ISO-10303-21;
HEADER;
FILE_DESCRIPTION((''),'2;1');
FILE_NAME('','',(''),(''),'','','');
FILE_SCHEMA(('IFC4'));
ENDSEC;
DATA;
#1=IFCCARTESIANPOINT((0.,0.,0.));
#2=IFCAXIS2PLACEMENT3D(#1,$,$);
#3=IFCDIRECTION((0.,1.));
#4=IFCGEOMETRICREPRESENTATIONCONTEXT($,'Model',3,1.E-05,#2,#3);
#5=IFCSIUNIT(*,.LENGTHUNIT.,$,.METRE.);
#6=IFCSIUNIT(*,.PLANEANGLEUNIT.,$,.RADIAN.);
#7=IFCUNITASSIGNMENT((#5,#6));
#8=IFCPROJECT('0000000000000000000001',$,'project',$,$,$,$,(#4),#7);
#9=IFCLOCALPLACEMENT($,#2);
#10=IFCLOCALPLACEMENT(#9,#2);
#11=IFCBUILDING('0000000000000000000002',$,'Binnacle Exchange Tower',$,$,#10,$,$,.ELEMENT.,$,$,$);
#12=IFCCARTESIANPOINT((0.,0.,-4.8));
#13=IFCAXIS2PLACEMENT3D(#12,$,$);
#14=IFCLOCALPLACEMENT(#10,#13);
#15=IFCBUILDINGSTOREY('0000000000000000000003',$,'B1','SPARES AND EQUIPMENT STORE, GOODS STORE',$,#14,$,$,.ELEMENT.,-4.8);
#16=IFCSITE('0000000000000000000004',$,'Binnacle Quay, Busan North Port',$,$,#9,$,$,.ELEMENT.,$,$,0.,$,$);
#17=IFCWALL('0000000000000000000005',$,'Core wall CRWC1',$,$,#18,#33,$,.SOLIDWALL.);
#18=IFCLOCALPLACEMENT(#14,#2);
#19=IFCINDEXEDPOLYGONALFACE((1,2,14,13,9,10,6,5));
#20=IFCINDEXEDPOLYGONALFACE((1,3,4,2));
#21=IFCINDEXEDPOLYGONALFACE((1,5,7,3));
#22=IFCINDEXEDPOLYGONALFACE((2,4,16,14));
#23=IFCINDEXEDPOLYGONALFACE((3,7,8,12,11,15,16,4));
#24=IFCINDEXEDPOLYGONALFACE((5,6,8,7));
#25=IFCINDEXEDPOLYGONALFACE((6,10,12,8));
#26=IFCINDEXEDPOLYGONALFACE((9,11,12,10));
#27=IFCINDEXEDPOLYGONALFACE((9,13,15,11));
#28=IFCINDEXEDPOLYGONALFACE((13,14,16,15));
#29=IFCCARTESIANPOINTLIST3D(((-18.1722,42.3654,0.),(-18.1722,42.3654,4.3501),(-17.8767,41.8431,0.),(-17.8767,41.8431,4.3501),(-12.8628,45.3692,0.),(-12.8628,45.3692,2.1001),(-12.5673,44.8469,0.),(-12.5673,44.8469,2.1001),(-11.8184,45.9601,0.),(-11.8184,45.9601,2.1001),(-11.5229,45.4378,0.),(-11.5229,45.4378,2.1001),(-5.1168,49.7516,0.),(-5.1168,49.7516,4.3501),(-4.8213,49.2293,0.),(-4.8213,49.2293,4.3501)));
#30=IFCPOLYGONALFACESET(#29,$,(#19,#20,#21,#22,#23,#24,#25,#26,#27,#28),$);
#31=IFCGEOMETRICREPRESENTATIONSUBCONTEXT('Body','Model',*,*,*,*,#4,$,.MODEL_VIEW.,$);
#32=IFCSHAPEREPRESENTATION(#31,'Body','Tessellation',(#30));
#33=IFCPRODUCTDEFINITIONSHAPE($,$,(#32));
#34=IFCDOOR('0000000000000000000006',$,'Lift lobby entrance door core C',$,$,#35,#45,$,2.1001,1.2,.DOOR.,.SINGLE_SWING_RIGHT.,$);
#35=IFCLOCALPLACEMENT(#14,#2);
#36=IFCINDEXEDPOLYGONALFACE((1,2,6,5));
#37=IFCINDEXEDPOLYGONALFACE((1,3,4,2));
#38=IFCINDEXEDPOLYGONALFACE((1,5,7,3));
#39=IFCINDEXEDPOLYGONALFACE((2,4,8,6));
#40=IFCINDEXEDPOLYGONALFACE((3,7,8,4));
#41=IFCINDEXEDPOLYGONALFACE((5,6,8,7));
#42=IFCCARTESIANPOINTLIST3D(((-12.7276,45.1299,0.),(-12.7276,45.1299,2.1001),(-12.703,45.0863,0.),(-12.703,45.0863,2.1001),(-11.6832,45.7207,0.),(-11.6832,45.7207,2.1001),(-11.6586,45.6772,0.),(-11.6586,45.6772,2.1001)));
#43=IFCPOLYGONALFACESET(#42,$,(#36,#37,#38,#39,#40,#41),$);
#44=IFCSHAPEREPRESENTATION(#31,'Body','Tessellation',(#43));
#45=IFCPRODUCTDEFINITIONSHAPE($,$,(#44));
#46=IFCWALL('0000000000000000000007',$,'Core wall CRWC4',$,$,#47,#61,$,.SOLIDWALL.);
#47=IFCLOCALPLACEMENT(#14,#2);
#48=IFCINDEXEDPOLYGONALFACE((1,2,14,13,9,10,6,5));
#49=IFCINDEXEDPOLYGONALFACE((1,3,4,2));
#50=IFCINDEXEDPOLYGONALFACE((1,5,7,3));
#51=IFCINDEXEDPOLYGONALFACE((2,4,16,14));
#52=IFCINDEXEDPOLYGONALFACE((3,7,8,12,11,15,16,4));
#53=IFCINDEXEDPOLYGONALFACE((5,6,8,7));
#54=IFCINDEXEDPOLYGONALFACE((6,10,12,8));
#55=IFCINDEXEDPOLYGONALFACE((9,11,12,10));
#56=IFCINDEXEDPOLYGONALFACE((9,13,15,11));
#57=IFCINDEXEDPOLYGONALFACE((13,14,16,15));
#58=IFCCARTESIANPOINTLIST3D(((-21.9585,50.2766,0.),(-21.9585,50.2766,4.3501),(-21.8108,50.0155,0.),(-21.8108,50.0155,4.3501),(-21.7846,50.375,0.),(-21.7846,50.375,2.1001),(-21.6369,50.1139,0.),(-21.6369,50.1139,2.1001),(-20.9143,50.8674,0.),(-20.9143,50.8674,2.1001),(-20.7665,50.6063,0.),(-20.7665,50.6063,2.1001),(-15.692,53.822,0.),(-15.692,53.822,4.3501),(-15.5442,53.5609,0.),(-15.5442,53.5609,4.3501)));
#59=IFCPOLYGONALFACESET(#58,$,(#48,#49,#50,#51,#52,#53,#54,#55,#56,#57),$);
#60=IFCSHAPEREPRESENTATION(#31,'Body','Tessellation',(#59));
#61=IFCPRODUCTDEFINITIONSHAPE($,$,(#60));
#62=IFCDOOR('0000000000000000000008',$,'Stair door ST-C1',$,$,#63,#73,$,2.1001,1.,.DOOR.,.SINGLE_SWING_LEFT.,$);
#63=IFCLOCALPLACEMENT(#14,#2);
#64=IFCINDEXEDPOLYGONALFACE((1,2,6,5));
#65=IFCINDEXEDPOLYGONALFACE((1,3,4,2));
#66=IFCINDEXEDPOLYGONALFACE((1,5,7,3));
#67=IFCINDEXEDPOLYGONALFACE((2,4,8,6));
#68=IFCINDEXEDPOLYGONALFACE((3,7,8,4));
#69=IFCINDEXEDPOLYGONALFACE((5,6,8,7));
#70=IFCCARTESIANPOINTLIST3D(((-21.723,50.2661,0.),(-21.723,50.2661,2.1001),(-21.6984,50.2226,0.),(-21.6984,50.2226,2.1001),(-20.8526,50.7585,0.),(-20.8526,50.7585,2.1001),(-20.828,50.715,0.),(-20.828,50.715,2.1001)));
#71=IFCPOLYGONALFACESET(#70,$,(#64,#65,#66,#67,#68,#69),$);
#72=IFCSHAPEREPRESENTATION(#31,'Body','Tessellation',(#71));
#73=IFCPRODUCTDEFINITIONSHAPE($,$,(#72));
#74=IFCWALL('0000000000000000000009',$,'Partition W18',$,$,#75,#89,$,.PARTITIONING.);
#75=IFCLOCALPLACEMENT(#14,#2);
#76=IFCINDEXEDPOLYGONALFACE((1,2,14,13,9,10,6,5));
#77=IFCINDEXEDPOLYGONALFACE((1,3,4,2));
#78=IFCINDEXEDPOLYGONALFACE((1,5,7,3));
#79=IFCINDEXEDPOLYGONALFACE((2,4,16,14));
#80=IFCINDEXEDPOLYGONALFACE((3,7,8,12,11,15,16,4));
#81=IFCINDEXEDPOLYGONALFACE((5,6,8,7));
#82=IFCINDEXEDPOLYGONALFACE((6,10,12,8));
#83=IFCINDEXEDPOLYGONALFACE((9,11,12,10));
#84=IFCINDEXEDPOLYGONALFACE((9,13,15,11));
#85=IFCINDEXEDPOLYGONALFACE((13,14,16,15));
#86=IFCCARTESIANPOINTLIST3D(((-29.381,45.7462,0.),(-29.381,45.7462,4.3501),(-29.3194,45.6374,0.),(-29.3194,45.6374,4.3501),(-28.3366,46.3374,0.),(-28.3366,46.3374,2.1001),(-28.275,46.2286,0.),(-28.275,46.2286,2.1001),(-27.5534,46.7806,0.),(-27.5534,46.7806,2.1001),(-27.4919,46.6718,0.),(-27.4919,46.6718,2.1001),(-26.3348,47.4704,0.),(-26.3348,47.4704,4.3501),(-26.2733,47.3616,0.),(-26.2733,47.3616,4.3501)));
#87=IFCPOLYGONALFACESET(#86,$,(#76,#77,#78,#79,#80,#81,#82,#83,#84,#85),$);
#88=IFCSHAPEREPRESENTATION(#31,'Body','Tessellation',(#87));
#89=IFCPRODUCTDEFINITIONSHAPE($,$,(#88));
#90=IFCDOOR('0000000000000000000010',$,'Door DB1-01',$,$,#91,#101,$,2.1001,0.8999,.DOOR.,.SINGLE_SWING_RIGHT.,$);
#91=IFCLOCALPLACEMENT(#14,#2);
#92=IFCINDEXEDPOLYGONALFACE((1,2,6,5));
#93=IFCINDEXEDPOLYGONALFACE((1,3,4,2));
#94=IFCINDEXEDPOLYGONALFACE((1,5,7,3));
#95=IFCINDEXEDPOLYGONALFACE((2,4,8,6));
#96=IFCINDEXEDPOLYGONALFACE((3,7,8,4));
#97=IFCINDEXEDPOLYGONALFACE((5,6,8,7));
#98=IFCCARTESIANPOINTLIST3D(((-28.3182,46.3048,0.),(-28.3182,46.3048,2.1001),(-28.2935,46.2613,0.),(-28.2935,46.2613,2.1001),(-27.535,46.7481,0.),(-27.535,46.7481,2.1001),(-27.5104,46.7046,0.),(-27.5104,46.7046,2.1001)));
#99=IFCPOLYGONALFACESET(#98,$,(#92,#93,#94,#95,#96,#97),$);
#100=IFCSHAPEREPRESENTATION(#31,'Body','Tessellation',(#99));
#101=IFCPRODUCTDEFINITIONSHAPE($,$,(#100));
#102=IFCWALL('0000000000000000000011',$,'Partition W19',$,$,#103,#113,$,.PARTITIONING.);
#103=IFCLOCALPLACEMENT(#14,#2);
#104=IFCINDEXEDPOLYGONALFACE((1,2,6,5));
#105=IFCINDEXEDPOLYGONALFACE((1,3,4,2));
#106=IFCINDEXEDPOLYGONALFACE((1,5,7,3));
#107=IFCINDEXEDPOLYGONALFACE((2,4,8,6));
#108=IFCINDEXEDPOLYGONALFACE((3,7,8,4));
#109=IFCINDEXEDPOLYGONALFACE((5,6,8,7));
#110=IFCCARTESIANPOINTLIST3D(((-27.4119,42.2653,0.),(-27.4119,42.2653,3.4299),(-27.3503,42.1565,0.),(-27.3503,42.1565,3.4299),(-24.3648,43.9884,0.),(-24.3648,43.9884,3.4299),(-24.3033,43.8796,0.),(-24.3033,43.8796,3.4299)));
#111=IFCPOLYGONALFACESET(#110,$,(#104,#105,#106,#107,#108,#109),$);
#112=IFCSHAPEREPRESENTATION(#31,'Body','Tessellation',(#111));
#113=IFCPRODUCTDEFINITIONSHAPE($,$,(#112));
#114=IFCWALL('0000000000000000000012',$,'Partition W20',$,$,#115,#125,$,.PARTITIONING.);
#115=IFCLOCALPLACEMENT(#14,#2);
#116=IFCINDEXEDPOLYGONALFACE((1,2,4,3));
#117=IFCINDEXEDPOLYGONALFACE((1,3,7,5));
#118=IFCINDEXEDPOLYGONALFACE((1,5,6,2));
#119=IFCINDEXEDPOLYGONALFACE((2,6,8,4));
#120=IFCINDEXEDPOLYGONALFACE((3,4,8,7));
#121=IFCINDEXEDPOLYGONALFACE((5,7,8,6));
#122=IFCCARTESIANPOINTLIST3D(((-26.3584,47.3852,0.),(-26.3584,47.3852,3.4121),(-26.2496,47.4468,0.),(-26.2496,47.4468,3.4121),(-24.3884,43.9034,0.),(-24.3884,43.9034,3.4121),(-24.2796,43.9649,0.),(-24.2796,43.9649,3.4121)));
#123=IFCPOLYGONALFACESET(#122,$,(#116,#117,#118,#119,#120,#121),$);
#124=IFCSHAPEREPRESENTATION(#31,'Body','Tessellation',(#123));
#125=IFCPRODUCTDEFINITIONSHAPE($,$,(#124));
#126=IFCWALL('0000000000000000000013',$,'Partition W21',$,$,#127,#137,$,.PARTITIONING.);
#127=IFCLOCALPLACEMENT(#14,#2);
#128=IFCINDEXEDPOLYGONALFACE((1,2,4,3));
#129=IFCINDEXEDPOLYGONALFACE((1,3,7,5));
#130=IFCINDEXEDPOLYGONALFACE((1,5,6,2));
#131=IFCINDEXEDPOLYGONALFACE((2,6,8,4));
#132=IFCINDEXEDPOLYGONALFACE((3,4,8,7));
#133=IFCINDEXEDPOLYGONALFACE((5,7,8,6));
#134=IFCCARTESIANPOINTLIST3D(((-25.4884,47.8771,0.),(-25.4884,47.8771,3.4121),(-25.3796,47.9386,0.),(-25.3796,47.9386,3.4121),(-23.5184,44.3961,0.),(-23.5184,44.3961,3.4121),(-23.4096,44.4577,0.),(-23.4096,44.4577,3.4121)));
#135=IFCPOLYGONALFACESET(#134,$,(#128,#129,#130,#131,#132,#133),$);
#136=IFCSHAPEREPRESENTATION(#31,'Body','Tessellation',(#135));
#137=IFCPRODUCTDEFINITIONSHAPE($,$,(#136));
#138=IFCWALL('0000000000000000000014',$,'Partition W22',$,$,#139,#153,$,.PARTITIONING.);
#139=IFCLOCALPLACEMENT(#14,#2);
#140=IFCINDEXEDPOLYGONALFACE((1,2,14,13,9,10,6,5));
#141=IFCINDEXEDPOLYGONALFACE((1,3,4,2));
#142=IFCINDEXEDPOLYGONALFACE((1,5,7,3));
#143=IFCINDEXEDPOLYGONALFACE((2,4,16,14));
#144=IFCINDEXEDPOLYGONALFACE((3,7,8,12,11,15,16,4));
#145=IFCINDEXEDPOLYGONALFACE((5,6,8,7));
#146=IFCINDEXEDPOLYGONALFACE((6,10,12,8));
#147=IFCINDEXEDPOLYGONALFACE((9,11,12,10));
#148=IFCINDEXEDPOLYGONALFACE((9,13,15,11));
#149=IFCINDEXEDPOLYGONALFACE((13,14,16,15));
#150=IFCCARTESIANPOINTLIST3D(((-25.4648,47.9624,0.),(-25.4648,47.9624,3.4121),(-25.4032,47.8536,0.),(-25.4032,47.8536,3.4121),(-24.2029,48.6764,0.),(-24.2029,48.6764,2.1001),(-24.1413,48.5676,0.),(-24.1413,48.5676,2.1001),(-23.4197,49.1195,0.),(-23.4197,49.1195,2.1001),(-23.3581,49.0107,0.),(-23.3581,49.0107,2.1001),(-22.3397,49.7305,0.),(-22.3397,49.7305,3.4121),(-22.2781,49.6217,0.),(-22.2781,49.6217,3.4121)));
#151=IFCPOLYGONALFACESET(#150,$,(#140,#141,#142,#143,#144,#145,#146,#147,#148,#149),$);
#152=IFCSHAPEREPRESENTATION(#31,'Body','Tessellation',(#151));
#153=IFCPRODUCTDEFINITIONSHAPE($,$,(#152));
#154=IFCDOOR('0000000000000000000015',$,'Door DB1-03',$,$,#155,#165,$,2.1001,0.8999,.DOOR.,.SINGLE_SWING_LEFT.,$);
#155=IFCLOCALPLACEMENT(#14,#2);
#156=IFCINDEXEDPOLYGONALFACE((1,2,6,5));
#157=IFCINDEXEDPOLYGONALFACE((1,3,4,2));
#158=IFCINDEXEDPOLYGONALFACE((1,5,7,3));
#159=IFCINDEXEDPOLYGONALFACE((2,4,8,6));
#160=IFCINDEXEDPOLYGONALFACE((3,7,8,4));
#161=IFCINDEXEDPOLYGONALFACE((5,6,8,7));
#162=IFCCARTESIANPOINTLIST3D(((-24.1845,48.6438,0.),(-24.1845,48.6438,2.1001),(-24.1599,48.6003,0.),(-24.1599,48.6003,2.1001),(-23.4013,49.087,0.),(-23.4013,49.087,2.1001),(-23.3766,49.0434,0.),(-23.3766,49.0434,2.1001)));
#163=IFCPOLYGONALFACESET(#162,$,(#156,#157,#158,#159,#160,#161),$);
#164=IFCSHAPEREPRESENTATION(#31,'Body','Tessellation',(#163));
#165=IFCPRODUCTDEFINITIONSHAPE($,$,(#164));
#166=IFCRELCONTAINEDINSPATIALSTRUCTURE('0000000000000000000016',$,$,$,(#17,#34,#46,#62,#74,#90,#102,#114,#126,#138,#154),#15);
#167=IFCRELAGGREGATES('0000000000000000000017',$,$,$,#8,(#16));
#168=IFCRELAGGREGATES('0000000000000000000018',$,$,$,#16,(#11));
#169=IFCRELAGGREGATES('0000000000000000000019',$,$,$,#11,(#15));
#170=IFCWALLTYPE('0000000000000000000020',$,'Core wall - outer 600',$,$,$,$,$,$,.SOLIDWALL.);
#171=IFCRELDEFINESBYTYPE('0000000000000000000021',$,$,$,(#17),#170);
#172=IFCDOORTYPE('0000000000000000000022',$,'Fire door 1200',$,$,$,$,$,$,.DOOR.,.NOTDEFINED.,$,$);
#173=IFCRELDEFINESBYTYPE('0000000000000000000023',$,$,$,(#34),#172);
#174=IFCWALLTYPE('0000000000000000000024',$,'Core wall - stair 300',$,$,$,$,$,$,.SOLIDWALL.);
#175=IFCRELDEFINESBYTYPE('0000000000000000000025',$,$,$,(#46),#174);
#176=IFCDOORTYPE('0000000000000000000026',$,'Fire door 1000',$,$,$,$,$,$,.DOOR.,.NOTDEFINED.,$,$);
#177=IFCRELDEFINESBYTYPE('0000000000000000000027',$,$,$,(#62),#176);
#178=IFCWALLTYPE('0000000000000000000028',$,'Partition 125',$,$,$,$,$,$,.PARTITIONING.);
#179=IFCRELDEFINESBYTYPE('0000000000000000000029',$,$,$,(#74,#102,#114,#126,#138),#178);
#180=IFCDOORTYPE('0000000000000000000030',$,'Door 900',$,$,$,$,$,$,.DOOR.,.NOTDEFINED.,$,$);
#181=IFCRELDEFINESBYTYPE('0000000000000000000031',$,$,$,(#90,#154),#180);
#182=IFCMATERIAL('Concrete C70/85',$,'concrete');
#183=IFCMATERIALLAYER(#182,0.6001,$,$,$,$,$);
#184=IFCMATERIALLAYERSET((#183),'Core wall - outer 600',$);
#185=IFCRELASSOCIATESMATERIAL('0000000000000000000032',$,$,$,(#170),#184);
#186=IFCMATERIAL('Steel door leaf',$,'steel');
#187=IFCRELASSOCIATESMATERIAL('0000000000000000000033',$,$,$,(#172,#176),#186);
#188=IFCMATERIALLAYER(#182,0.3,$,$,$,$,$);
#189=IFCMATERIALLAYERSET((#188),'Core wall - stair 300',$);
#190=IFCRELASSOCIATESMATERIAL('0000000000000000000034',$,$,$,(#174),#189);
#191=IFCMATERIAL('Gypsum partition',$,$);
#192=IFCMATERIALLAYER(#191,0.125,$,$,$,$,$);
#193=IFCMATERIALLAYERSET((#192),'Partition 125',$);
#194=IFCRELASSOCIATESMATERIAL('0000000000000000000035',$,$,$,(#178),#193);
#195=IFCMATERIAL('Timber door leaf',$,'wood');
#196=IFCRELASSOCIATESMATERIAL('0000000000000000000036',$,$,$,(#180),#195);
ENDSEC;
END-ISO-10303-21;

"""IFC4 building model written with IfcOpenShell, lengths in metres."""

from ifc_helpers import new_model, si_unit, direction, frame, frame_2d, origin, place, context, subcontext, project, spatial, rectangle, extrude, material, layer, layer_set, type_object, element, fill, save


model = new_model("IFC4")

# Units and contexts
model_context = context("Model", 3, precision=1e-05, world=origin(), true_north=direction((0.0, 1.0)))
body_context = subcontext(model_context, "Body", "Model", "MODEL_VIEW")
ifc_project = project(units=[si_unit("LENGTHUNIT", "METRE"), si_unit("PLANEANGLEUNIT", "RADIAN")], contexts=[model_context])

# Site, building, storey
site_placement = place(None, origin())
site = spatial("IfcSite", under=ifc_project, at=site_placement, Name="Binnacle Quay, Busan North Port", CompositionType="ELEMENT", RefElevation=0.0)
building_placement = place(site_placement, origin())
building = spatial("IfcBuilding", under=site, at=building_placement, Name="Binnacle Exchange Tower", CompositionType="ELEMENT")
storey_placement = place(building_placement, frame((0.0, 0.0, -4.8)))
storey = spatial("IfcBuildingStorey", under=building, at=storey_placement, Name="B1", Description="SPARES AND EQUIPMENT STORE, GOODS STORE", CompositionType="ELEMENT", Elevation=-4.8)

# Shared definitions
ifc_material_1 = material(Name="Concrete C70/85", Category="concrete")

# Shared definitions
ifc_material_2 = material(Name="Steel door leaf", Category="steel")

# Walls, openings, doors
ifc_layer_1 = layer(ifc_material_1, 0.6001)
ifc_layer_set_1 = layer_set([ifc_layer_1], Name="Core wall - outer 600")
wall_type_1 = type_object("IfcWallType", Name="Core wall - outer 600", PredefinedType="SOLIDWALL", material=ifc_layer_set_1)
wall_1_placement = place(storey_placement, frame((-18.0244, 42.1042, 0.0), z_axis=(0.0, 0.0, 1.0), x_axis=(0.870361, 0.492415, 0.0)))
wall_1 = element("IfcWall", 1, at=wall_1_placement, inside=storey, type_object=wall_type_1, Name="Core wall CRWC1", PredefinedType="SOLIDWALL", context=body_context, shape_type="SweptSolid", body=[
    extrude(rectangle(XDim=15.0, YDim=0.6001, at=frame_2d((7.5, 0.0))), origin(), (0.0, 0.0, 1.0), 4.3501),
])
opening_1_placement = place(wall_1_placement, frame((6.1001, 0.0, 0.0)))
opening_1 = element("IfcOpeningElement", 2, at=opening_1_placement, cuts=wall_1, PredefinedType="OPENING", context=body_context, shape_type="SweptSolid", body=[
    extrude(rectangle(XDim=1.2, YDim=2.1001, at=frame_2d((0.6001, 1.05))), frame((0.0, 0.3101, 0.0), z_axis=(0.0, -1.0, 0.0), x_axis=(1.0, 0.0, 0.0)), (0.0, 0.0, 1.0), 0.6201),
])
door_type_1 = type_object("IfcDoorType", Name="Fire door 1200", OperationType="NOTDEFINED", PredefinedType="DOOR", material=ifc_material_2)
door_1_placement = place(opening_1_placement, frame((1.2, 0.0, 0.0), z_axis=(0.0, 0.0, 1.0), x_axis=(-1.0, 0.0, 0.0)))
door_1 = element("IfcDoor", 3, at=door_1_placement, inside=storey, type_object=door_type_1, Name="Lift lobby entrance door core C", OperationType="SINGLE_SWING_RIGHT", OverallHeight=2.1001, OverallWidth=1.2, PredefinedType="DOOR", context=body_context, shape_type="SweptSolid", body=[
    extrude(rectangle(XDim=1.2, YDim=2.1001, at=frame_2d((0.6001, 1.05))), frame((0.0, 0.0249, 0.0), z_axis=(0.0, -1.0, 0.0), x_axis=(1.0, 0.0, 0.0)), (0.0, 0.0, 1.0), 0.05),
])
fill(opening_1, door_1)
ifc_layer_2 = layer(ifc_material_1, 0.3)
ifc_layer_set_2 = layer_set([ifc_layer_2], Name="Core wall - stair 300")
wall_type_2 = type_object("IfcWallType", Name="Core wall - stair 300", PredefinedType="SOLIDWALL", material=ifc_layer_set_2)
wall_2_placement = place(storey_placement, frame((-21.8848, 50.146, 0.0), z_axis=(0.0, 0.0, 1.0), x_axis=(0.870359, 0.492417, 0.0)))
wall_2 = element("IfcWall", 4, at=wall_2_placement, inside=storey, type_object=wall_type_2, Name="Core wall CRWC4", PredefinedType="SOLIDWALL", context=body_context, shape_type="SweptSolid", body=[
    extrude(rectangle(XDim=7.2, YDim=0.3, at=frame_2d((3.6001, 0.0))), origin(), (0.0, 0.0, 1.0), 4.3501),
])
opening_2_placement = place(wall_2_placement, frame((0.2, 0.0, 0.0)))
opening_2 = element("IfcOpeningElement", 5, at=opening_2_placement, cuts=wall_2, PredefinedType="OPENING", context=body_context, shape_type="SweptSolid", body=[
    extrude(rectangle(XDim=1.0, YDim=2.1001, at=frame_2d((0.5, 1.05))), frame((0.0, 0.1599, 0.0), z_axis=(0.0, -1.0, 0.0), x_axis=(1.0, 0.0, 0.0)), (0.0, 0.0, 1.0), 0.3201),
])
door_type_2 = type_object("IfcDoorType", Name="Fire door 1000", OperationType="NOTDEFINED", PredefinedType="DOOR", material=ifc_material_2)
door_2_placement = place(opening_2_placement, origin())
door_2 = element("IfcDoor", 6, at=door_2_placement, inside=storey, type_object=door_type_2, Name="Stair door ST-C1", OperationType="SINGLE_SWING_LEFT", OverallHeight=2.1001, OverallWidth=1.0, PredefinedType="DOOR", context=body_context, shape_type="SweptSolid", body=[
    extrude(rectangle(XDim=1.0, YDim=2.1001, at=frame_2d((0.5, 1.05))), frame((0.0, 0.0249, 0.0), z_axis=(0.0, -1.0, 0.0), x_axis=(1.0, 0.0, 0.0)), (0.0, 0.0, 1.0), 0.05),
])
fill(opening_2, door_2)
ifc_material_3 = material(Name="Gypsum partition")
ifc_layer_3 = layer(ifc_material_3, 0.125)
ifc_layer_set_3 = layer_set([ifc_layer_3], Name="Partition 125")
wall_type_3 = type_object("IfcWallType", Name="Partition 125", PredefinedType="PARTITIONING", material=ifc_layer_set_3)
wall_3_placement = place(storey_placement, frame((-29.3501, 45.6919, 0.0), z_axis=(0.0, 0.0, 1.0), x_axis=(0.87027, 0.492574, 0.0)))
wall_3 = element("IfcWall", 7, at=wall_3_placement, inside=storey, type_object=wall_type_3, Name="Partition W18", PredefinedType="PARTITIONING", context=body_context, shape_type="SweptSolid", body=[
    extrude(rectangle(XDim=3.5002, YDim=0.125, at=frame_2d((1.75, 0.0))), origin(), (0.0, 0.0, 1.0), 4.3501),
])
opening_3_placement = place(wall_3_placement, frame((1.2, 0.0, 0.0)))
opening_3 = element("IfcOpeningElement", 8, at=opening_3_placement, cuts=wall_3, PredefinedType="OPENING", context=body_context, shape_type="SweptSolid", body=[
    extrude(rectangle(XDim=0.8999, YDim=2.1001, at=frame_2d((0.45, 1.05))), frame((0.0, 0.0725, 0.0), z_axis=(0.0, -1.0, 0.0), x_axis=(1.0, 0.0, 0.0)), (0.0, 0.0, 1.0), 0.145),
])
ifc_material_4 = material(Name="Timber door leaf", Category="wood")
door_type_3 = type_object("IfcDoorType", Name="Door 900", OperationType="NOTDEFINED", PredefinedType="DOOR", material=ifc_material_4)
door_3_placement = place(opening_3_placement, frame((0.8999, 0.0, 0.0), z_axis=(0.0, 0.0, 1.0), x_axis=(-1.0, 0.0, 0.0)))
door_3 = element("IfcDoor", 9, at=door_3_placement, inside=storey, type_object=door_type_3, Name="Door DB1-01", OperationType="SINGLE_SWING_RIGHT", OverallHeight=2.1001, OverallWidth=0.8999, PredefinedType="DOOR", context=body_context, shape_type="SweptSolid", body=[
    extrude(rectangle(XDim=0.8999, YDim=2.1001, at=frame_2d((0.45, 1.05))), frame((0.0, 0.0249, 0.0), z_axis=(0.0, -1.0, 0.0), x_axis=(1.0, 0.0, 0.0)), (0.0, 0.0, 1.0), 0.05),
])
fill(opening_3, door_3)

# Walls
wall_4_placement = place(storey_placement, frame((-27.3811, 42.2109, 0.0), z_axis=(0.0, 0.0, 1.0), x_axis=(0.870458, 0.492243, 0.0)))
element("IfcWall", 10, at=wall_4_placement, inside=storey, type_object=wall_type_3, Name="Partition W19", PredefinedType="PARTITIONING", context=body_context, shape_type="SweptSolid", body=[
    extrude(rectangle(XDim=3.5005, YDim=0.125, at=frame_2d((1.7502, 0.0))), origin(), (0.0, 0.0, 1.0), 3.4299),
])
wall_5_placement = place(storey_placement, frame((-26.304, 47.416, 0.0), z_axis=(0.0, 0.0, 1.0), x_axis=(0.492421, -0.870357, 0.0)))
element("IfcWall", 11, at=wall_5_placement, inside=storey, type_object=wall_type_3, Name="Partition W20", PredefinedType="PARTITIONING", context=body_context, shape_type="SweptSolid", body=[
    extrude(rectangle(XDim=4.0005, YDim=0.125, at=frame_2d((2.0002, 0.0))), origin(), (0.0, 0.0, 1.0), 3.4121),
])
wall_6_placement = place(storey_placement, frame((-25.4341, 47.908, 0.0), z_axis=(0.0, 0.0, 1.0), x_axis=(0.492526, -0.870298, 0.0)))
element("IfcWall", 12, at=wall_6_placement, inside=storey, type_object=wall_type_3, Name="Partition W21", PredefinedType="PARTITIONING", context=body_context, shape_type="SweptSolid", body=[
    extrude(rectangle(XDim=3.9998, YDim=0.125, at=frame_2d((2.0, 0.0))), origin(), (0.0, 0.0, 1.0), 3.4121),
])

# Wall, opening, door
wall_7_placement = place(storey_placement, frame((-25.4341, 47.908, 0.0), z_axis=(0.0, 0.0, 1.0), x_axis=(0.870353, 0.492429, 0.0)))
wall_7 = element("IfcWall", 13, at=wall_7_placement, inside=storey, type_object=wall_type_3, Name="Partition W22", PredefinedType="PARTITIONING", context=body_context, shape_type="SweptSolid", body=[
    extrude(rectangle(XDim=3.5906, YDim=0.125, at=frame_2d((1.7954, 0.0))), origin(), (0.0, 0.0, 1.0), 3.4121),
])
opening_4_placement = place(wall_7_placement, frame((1.45, 0.0, 0.0)))
opening_4 = element("IfcOpeningElement", 14, at=opening_4_placement, cuts=wall_7, PredefinedType="OPENING", context=body_context, shape_type="SweptSolid", body=[
    extrude(rectangle(XDim=0.8999, YDim=2.1001, at=frame_2d((0.45, 1.05))), frame((0.0, 0.0725, 0.0), z_axis=(0.0, -1.0, 0.0), x_axis=(1.0, 0.0, 0.0)), (0.0, 0.0, 1.0), 0.145),
])
door_4_placement = place(opening_4_placement, frame((0.8999, 0.0, 0.0), z_axis=(0.0, 0.0, 1.0), x_axis=(-1.0, 0.0, 0.0)))
door_4 = element("IfcDoor", 15, at=door_4_placement, inside=storey, type_object=door_type_3, Name="Door DB1-03", OperationType="SINGLE_SWING_LEFT", OverallHeight=2.1001, OverallWidth=0.8999, PredefinedType="DOOR", context=body_context, shape_type="SweptSolid", body=[
    extrude(rectangle(XDim=0.8999, YDim=2.1001, at=frame_2d((0.45, 1.05))), frame((0.0, 0.0249, 0.0), z_axis=(0.0, -1.0, 0.0), x_axis=(1.0, 0.0, 0.0)), (0.0, 0.0, 1.0), 0.05),
])
fill(opening_4, door_4)

save(model, "model.ifc")
